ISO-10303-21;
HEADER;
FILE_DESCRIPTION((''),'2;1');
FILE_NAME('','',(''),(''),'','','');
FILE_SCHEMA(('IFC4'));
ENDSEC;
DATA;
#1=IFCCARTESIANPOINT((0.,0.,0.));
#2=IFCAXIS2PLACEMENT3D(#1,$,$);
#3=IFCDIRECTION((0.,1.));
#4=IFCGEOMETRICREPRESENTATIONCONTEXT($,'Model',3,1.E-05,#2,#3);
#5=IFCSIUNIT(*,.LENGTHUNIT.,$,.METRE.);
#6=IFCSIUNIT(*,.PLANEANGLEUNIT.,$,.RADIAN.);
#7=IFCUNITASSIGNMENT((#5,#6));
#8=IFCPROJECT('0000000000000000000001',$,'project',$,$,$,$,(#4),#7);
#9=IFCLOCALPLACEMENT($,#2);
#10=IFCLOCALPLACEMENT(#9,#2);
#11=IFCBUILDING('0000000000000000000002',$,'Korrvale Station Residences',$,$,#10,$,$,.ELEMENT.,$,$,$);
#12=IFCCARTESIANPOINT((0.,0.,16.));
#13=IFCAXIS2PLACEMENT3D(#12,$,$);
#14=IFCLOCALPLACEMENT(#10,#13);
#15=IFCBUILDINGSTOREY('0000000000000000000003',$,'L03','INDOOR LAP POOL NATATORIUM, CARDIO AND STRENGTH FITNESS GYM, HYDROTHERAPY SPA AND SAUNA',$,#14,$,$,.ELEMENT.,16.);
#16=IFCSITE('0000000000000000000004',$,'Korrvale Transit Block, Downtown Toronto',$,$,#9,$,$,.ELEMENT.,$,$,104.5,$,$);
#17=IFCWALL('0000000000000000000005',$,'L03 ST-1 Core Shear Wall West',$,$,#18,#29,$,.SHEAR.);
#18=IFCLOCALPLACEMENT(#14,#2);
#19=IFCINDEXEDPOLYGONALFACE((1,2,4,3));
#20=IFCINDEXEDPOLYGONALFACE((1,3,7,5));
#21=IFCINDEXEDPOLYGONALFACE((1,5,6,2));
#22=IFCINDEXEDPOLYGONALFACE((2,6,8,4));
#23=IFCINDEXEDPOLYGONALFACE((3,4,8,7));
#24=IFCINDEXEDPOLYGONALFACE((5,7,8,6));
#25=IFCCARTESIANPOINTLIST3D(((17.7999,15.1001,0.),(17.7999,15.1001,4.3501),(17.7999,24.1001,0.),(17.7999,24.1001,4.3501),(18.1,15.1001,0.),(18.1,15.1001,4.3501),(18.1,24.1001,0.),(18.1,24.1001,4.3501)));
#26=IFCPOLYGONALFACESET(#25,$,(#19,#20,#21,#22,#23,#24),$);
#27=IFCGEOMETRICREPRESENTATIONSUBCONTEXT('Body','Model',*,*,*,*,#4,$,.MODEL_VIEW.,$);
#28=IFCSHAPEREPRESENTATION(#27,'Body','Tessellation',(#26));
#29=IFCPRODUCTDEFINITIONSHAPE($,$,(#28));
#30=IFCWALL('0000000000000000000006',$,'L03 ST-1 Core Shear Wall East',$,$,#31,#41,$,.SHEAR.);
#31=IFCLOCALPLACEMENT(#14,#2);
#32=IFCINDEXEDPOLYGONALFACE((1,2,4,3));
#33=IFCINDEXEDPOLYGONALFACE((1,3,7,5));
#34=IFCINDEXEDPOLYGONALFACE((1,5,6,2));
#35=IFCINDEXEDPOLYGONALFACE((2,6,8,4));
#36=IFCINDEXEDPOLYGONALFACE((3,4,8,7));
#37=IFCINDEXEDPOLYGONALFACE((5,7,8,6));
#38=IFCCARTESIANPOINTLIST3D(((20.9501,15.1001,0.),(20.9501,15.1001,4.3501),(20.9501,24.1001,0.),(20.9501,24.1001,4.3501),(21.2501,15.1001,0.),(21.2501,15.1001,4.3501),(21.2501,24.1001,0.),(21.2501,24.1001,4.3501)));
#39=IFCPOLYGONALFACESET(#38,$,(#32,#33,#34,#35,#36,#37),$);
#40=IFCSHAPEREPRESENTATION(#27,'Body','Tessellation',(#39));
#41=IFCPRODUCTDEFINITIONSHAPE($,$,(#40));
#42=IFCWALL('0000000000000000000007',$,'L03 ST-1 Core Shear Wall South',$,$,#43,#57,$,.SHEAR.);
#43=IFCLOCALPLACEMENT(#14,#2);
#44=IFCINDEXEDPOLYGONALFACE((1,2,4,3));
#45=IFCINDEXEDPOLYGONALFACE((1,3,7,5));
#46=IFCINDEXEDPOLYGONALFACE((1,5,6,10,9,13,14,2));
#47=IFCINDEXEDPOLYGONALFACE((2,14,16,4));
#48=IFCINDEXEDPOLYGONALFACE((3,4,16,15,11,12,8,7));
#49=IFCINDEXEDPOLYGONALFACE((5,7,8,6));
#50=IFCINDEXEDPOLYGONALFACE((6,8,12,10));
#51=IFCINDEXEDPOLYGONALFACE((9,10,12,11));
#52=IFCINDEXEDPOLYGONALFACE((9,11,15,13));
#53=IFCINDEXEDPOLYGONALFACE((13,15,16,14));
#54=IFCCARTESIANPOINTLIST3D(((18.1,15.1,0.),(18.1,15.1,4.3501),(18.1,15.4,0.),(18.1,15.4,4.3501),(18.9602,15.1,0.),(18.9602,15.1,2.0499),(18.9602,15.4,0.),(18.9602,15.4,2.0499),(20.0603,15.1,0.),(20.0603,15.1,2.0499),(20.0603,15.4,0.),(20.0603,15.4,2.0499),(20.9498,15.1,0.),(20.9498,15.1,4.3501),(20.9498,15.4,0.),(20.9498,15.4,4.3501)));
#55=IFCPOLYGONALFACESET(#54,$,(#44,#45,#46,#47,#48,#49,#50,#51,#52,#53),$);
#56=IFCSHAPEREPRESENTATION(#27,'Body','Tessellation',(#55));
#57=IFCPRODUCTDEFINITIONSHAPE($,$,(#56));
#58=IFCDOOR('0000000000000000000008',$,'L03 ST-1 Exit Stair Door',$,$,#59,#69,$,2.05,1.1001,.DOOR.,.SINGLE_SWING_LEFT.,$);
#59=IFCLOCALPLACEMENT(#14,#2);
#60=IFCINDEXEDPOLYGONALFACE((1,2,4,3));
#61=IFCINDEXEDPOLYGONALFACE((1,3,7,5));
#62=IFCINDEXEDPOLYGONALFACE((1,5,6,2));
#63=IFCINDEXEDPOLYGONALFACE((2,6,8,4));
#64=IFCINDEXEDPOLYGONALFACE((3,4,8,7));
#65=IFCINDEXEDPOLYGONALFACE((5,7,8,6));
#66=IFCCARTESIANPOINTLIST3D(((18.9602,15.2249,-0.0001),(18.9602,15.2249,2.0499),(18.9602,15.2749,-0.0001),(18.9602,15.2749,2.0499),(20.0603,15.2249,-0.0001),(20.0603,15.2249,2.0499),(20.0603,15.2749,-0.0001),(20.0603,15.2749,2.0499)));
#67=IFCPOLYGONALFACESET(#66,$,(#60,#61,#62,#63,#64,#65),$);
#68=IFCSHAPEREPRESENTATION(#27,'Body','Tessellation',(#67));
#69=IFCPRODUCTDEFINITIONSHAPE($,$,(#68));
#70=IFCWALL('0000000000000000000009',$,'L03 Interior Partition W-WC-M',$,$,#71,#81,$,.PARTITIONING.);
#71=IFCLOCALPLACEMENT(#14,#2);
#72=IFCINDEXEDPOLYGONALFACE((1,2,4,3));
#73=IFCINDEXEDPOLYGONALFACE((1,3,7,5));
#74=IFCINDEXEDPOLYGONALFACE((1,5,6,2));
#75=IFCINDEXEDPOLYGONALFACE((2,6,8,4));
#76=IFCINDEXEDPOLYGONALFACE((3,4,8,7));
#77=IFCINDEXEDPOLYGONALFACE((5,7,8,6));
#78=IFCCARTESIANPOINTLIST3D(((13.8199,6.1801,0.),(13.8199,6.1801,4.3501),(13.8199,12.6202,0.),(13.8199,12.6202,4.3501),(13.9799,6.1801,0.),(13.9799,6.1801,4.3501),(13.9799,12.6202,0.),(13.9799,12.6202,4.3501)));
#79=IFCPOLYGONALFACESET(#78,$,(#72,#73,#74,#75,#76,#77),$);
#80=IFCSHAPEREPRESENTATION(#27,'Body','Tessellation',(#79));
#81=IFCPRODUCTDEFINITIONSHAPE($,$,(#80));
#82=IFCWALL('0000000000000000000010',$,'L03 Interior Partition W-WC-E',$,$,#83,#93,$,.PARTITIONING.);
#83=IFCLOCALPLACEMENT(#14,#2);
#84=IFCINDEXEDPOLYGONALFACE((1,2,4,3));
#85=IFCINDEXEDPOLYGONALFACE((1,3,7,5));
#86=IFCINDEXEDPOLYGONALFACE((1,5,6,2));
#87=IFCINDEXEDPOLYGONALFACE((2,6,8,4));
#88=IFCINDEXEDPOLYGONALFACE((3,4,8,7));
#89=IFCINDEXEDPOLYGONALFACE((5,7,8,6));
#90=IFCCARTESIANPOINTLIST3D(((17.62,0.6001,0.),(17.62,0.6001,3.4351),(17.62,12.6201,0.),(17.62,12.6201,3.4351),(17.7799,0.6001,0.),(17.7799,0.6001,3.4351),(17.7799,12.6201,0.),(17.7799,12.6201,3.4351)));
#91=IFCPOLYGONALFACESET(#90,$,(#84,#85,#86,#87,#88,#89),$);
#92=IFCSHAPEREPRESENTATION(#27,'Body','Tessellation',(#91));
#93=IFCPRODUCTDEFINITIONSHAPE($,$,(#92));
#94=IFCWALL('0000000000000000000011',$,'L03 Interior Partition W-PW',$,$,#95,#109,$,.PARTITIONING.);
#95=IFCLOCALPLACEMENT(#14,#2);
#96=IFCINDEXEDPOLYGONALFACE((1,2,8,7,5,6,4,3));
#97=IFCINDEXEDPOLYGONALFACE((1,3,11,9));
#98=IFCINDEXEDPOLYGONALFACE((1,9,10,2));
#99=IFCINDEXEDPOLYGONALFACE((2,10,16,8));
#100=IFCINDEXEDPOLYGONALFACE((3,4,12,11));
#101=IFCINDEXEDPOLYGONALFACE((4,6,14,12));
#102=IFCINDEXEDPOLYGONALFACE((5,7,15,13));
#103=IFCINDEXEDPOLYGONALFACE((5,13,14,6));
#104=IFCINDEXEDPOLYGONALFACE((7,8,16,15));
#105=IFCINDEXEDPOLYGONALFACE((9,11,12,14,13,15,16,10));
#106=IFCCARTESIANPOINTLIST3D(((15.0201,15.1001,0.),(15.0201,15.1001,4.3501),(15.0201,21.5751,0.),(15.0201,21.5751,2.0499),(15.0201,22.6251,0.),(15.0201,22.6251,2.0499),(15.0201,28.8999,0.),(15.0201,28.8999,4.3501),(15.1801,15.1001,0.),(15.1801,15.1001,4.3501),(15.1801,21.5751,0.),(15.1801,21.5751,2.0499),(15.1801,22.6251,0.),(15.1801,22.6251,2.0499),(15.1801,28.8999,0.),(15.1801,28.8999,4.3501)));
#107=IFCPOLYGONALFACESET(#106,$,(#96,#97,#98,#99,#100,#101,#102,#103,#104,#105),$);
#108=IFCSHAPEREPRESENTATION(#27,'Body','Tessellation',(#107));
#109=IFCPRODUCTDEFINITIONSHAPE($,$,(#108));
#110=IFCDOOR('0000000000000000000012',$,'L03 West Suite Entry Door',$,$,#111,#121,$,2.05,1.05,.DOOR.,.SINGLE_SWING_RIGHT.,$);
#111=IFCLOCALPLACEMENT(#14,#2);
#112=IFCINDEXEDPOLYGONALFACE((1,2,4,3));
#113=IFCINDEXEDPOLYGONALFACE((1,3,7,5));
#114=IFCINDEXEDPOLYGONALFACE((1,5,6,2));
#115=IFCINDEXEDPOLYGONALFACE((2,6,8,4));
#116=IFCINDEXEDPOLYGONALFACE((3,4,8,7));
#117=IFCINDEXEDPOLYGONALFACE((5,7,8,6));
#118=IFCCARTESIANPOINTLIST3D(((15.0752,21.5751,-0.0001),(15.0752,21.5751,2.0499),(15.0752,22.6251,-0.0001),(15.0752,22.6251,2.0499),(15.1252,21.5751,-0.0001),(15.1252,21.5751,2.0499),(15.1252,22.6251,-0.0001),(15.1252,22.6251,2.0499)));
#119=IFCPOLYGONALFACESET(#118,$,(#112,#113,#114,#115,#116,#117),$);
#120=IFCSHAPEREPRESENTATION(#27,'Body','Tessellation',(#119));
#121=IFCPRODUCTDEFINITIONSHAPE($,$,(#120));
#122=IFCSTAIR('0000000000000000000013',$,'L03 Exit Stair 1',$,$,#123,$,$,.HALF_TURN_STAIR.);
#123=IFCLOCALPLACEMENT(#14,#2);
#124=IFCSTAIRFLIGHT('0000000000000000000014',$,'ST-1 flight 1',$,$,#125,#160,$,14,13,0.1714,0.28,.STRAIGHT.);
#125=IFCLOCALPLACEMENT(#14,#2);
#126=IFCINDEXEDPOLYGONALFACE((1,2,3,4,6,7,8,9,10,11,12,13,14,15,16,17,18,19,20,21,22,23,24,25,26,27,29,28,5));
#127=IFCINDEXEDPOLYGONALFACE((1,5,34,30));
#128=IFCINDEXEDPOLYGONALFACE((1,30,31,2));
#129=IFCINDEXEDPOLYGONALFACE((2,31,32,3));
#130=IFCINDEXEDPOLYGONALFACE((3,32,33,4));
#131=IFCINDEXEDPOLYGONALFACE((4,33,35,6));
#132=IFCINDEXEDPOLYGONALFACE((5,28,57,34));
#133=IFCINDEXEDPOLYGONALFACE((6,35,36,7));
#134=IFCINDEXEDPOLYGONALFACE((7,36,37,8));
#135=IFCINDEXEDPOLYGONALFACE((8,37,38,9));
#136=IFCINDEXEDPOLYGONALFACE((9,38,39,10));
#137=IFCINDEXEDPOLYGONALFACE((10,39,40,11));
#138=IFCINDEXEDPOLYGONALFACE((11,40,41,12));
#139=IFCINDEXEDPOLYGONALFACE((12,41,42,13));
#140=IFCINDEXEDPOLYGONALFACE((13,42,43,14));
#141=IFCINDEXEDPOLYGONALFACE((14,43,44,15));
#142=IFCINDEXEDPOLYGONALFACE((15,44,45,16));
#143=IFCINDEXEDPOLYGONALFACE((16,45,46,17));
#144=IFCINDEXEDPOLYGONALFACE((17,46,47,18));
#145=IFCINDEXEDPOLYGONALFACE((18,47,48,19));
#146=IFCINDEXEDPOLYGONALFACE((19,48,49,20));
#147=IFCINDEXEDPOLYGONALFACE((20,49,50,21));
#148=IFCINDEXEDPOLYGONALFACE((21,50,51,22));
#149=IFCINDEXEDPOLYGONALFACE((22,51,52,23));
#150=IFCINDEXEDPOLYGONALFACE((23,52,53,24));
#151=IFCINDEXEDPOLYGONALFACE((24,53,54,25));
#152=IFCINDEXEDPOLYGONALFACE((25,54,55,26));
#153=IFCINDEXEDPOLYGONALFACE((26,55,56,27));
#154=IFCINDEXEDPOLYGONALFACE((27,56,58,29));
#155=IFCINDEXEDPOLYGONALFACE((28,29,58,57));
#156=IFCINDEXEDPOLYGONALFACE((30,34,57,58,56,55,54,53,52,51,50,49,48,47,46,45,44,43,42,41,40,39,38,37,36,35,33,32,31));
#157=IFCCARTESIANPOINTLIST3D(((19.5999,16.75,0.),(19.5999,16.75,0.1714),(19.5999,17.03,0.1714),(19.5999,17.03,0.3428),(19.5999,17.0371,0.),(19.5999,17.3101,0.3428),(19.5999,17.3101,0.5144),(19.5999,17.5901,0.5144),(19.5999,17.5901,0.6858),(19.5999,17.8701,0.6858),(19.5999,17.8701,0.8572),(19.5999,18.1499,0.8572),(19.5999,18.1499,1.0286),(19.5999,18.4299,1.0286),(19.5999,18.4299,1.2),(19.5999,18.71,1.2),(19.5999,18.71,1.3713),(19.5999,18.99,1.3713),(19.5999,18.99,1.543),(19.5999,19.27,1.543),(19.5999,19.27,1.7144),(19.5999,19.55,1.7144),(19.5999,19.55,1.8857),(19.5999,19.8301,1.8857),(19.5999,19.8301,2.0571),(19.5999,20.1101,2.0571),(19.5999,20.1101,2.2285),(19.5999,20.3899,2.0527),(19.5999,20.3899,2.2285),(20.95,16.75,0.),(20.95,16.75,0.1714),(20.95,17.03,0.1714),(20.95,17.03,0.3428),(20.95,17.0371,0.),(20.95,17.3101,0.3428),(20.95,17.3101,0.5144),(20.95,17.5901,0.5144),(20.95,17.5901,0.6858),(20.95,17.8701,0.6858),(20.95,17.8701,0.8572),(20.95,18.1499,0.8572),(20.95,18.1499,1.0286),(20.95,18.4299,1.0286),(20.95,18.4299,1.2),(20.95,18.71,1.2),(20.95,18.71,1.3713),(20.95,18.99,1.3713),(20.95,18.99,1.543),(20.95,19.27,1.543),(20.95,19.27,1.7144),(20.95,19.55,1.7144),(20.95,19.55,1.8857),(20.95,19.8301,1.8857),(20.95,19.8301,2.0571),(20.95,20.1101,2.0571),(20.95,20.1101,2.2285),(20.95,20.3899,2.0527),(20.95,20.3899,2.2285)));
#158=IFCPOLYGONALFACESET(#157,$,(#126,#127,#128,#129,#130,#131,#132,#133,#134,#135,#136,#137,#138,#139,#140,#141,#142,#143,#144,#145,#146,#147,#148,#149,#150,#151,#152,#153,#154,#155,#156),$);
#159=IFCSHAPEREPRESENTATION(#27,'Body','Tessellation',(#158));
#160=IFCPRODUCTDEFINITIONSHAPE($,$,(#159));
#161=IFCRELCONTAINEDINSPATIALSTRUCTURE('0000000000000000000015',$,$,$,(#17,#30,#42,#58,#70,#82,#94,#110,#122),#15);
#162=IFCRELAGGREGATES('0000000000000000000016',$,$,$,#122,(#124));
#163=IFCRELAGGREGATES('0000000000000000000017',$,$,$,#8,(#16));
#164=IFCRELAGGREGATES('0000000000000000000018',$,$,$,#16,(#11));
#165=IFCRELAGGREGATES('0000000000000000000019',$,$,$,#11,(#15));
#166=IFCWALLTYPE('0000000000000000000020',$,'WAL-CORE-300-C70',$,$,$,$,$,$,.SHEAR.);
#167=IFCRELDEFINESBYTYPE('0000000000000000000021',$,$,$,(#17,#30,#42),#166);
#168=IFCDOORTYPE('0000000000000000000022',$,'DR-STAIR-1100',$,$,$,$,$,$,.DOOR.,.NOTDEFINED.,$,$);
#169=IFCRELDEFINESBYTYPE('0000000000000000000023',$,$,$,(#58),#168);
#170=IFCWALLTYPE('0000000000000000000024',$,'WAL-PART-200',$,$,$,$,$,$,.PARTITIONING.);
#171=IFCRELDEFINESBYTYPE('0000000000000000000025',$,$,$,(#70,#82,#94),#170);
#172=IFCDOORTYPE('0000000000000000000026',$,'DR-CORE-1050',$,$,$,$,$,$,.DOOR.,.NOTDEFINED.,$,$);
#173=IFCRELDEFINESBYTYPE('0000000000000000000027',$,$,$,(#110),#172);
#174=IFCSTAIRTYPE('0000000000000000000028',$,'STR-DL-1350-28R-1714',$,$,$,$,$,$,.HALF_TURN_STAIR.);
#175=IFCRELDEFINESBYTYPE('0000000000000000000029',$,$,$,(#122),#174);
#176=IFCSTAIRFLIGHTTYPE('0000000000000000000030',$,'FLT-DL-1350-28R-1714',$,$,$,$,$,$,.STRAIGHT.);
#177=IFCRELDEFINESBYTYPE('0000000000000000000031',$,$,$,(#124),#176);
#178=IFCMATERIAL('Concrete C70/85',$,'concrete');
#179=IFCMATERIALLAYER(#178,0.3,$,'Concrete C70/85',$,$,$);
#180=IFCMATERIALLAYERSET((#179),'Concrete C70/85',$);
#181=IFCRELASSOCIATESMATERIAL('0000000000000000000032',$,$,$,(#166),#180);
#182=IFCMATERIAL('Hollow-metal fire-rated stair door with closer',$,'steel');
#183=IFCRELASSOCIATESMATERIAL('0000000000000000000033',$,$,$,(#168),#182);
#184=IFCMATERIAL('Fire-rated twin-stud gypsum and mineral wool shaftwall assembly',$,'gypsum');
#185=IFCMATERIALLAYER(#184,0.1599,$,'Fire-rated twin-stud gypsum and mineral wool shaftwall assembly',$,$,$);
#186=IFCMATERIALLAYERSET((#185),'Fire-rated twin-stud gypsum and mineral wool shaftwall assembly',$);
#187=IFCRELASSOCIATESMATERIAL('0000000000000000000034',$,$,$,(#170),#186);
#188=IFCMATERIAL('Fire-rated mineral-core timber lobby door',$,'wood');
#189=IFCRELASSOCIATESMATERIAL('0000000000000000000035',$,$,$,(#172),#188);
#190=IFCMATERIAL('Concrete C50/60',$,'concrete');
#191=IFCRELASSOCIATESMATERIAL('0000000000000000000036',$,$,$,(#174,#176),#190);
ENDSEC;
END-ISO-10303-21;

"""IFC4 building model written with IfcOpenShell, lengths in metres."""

from ifc_helpers import new_model, si_unit, direction, frame, frame_2d, origin, place, context, subcontext, project, spatial, polyline, rectangle, outline, extrude, material, layer, layer_set, type_object, element, fill, aggregate, save


model = new_model("IFC4")

# Units and contexts
model_context = context("Model", 3, precision=1e-05, world=origin(), true_north=direction((0.0, 1.0)))
body_context = subcontext(model_context, "Body", "Model", "MODEL_VIEW")
ifc_project = project(units=[si_unit("LENGTHUNIT", "METRE"), si_unit("PLANEANGLEUNIT", "RADIAN")], contexts=[model_context])

# Site, building, storey
site_placement = place(None, origin())
site = spatial("IfcSite", under=ifc_project, at=site_placement, Name="Korrvale Transit Block, Downtown Toronto", CompositionType="ELEMENT", RefElevation=104.5)
building_placement = place(site_placement, origin())
building = spatial("IfcBuilding", under=site, at=building_placement, Name="Korrvale Station Residences", CompositionType="ELEMENT")
storey_placement = place(building_placement, frame((0.0, 0.0, 16.0)))
storey = spatial("IfcBuildingStorey", under=building, at=storey_placement, Name="L03", Description="INDOOR LAP POOL NATATORIUM, CARDIO AND STRENGTH FITNESS GYM, HYDROTHERAPY SPA AND SAUNA", CompositionType="ELEMENT", Elevation=16.0)

# Shared definitions
ifc_material_1 = material(Name="Concrete C70/85", Category="concrete")

# Walls
ifc_layer_1 = layer(ifc_material_1, 0.3, Name="Concrete C70/85")
ifc_layer_set_1 = layer_set([ifc_layer_1], Name="Concrete C70/85")
wall_type_1 = type_object("IfcWallType", Name="WAL-CORE-300-C70", PredefinedType="SHEAR", material=ifc_layer_set_1)
for number, where, z_axis, x_axis, name in (
    (1, (17.95, 15.1001, 0.0), (0.0, 0.0, 1.0), (0.0, 1.0, 0.0), "L03 ST-1 Core Shear Wall West"),
    (2, (21.1001, 15.1001, 0.0), (0.0, 0.0, 1.0), (0.0, 1.0, 0.0), "L03 ST-1 Core Shear Wall East"),
):
    element("IfcWall", number, at=place(storey_placement, frame(where, z_axis=z_axis, x_axis=x_axis)), inside=storey, type_object=wall_type_1, Name=name, PredefinedType="SHEAR", context=body_context, shape_type="SweptSolid", body=[
        extrude(rectangle(XDim=9.0, YDim=0.3, at=frame_2d((4.5, 0.0))), origin(), (0.0, 0.0, 1.0), 4.3501),
    ])

# Wall, opening, door
wall_1_placement = place(storey_placement, frame((18.1001, 15.25, 0.0), z_axis=(0.0, 0.0, 1.0), x_axis=(1.0, 0.0, 0.0)))
wall_1 = element("IfcWall", 3, at=wall_1_placement, inside=storey, type_object=wall_type_1, Name="L03 ST-1 Core Shear Wall South", PredefinedType="SHEAR", context=body_context, shape_type="SweptSolid", body=[
    extrude(rectangle(XDim=2.8499, YDim=0.3, at=frame_2d((1.4248, 0.0))), origin(), (0.0, 0.0, 1.0), 4.3501),
])
opening_1_placement = place(wall_1_placement, frame((0.8601, 0.0, 0.0)))
opening_1 = element("IfcOpeningElement", 4, at=opening_1_placement, cuts=wall_1, PredefinedType="OPENING", context=body_context, shape_type="SweptSolid", body=[
    extrude(rectangle(XDim=1.1001, YDim=2.05, at=frame_2d((0.55, 1.0249))), frame((0.0, 0.1602, 0.0), z_axis=(0.0, -1.0, 0.0), x_axis=(1.0, 0.0, 0.0)), (0.0, 0.0, 1.0), 0.3201),
])
ifc_material_2 = material(Name="Hollow-metal fire-rated stair door with closer", Category="steel")
door_type_1 = type_object("IfcDoorType", Name="DR-STAIR-1100", OperationType="NOTDEFINED", PredefinedType="DOOR", material=ifc_material_2)
door_1_placement = place(opening_1_placement, origin())
door_1 = element("IfcDoor", 5, at=door_1_placement, inside=storey, type_object=door_type_1, Name="L03 ST-1 Exit Stair Door", OperationType="SINGLE_SWING_LEFT", OverallHeight=2.05, OverallWidth=1.1001, PredefinedType="DOOR", context=body_context, shape_type="SweptSolid", body=[
    extrude(rectangle(XDim=1.1001, YDim=2.05, at=frame_2d((0.55, 1.0249))), frame((0.0, 0.0249, 0.0), z_axis=(0.0, -1.0, 0.0), x_axis=(1.0, 0.0, 0.0)), (0.0, 0.0, 1.0), 0.05),
])
fill(opening_1, door_1)

# Walls
ifc_material_3 = material(Name="Fire-rated twin-stud gypsum and mineral wool shaftwall assembly", Category="gypsum")
ifc_layer_2 = layer(ifc_material_3, 0.1599, Name="Fire-rated twin-stud gypsum and mineral wool shaftwall assembly")
ifc_layer_set_2 = layer_set([ifc_layer_2], Name="Fire-rated twin-stud gypsum and mineral wool shaftwall assembly")
wall_type_2 = type_object("IfcWallType", Name="WAL-PART-200", PredefinedType="PARTITIONING", material=ifc_layer_set_2)
wall_2_placement = place(storey_placement, frame((13.8999, 6.1799, 0.0), z_axis=(0.0, 0.0, 1.0), x_axis=(0.0, 1.0, 0.0)))
element("IfcWall", 6, at=wall_2_placement, inside=storey, type_object=wall_type_2, Name="L03 Interior Partition W-WC-M", PredefinedType="PARTITIONING", context=body_context, shape_type="SweptSolid", body=[
    extrude(rectangle(XDim=6.4402, YDim=0.1599, at=frame_2d((3.2202, 0.0))), origin(), (0.0, 0.0, 1.0), 4.3501),
])
wall_3_placement = place(storey_placement, frame((17.7, 0.6001, 0.0), z_axis=(0.0, 0.0, 1.0), x_axis=(0.0, 1.0, 0.0)))
element("IfcWall", 7, at=wall_3_placement, inside=storey, type_object=wall_type_2, Name="L03 Interior Partition W-WC-E", PredefinedType="PARTITIONING", context=body_context, shape_type="SweptSolid", body=[
    extrude(rectangle(XDim=12.02, YDim=0.1599, at=frame_2d((6.01, 0.0))), origin(), (0.0, 0.0, 1.0), 3.4351),
])

# Wall, opening, door
wall_4_placement = place(storey_placement, frame((15.1001, 15.1001, 0.0), z_axis=(0.0, 0.0, 1.0), x_axis=(0.0, 1.0, 0.0)))
wall_4 = element("IfcWall", 8, at=wall_4_placement, inside=storey, type_object=wall_type_2, Name="L03 Interior Partition W-PW", PredefinedType="PARTITIONING", context=body_context, shape_type="SweptSolid", body=[
    extrude(rectangle(XDim=13.7998, YDim=0.1599, at=frame_2d((6.8999, 0.0))), origin(), (0.0, 0.0, 1.0), 4.3501),
])
opening_2_placement = place(wall_4_placement, frame((6.4751, 0.0, 0.0)))
opening_2 = element("IfcOpeningElement", 9, at=opening_2_placement, cuts=wall_4, PredefinedType="OPENING", context=body_context, shape_type="SweptSolid", body=[
    extrude(rectangle(XDim=1.05, YDim=2.05, at=frame_2d((0.5249, 1.0249))), frame((0.0, 0.0898, 0.0), z_axis=(0.0, -1.0, 0.0), x_axis=(1.0, 0.0, 0.0)), (0.0, 0.0, 1.0), 0.1799),
])
ifc_material_4 = material(Name="Fire-rated mineral-core timber lobby door", Category="wood")
door_type_2 = type_object("IfcDoorType", Name="DR-CORE-1050", OperationType="NOTDEFINED", PredefinedType="DOOR", material=ifc_material_4)
door_2_placement = place(opening_2_placement, origin())
door_2 = element("IfcDoor", 10, at=door_2_placement, inside=storey, type_object=door_type_2, Name="L03 West Suite Entry Door", OperationType="SINGLE_SWING_RIGHT", OverallHeight=2.05, OverallWidth=1.05, PredefinedType="DOOR", context=body_context, shape_type="SweptSolid", body=[
    extrude(rectangle(XDim=1.05, YDim=2.05, at=frame_2d((0.5249, 1.0249))), frame((0.0, 0.0249, 0.0), z_axis=(0.0, -1.0, 0.0), x_axis=(1.0, 0.0, 0.0)), (0.0, 0.0, 1.0), 0.05),
])
fill(opening_2, door_2)

# Stair, stair flight
ifc_material_5 = material(Name="Concrete C50/60", Category="concrete")
stair_type = type_object("IfcStairType", Name="STR-DL-1350-28R-1714", PredefinedType="HALF_TURN_STAIR", material=ifc_material_5)
stair_placement = place(storey_placement, origin())
stair = element("IfcStair", 11, at=stair_placement, inside=storey, type_object=stair_type, Name="L03 Exit Stair 1", PredefinedType="HALF_TURN_STAIR")
stair_flight_type = type_object("IfcStairFlightType", Name="FLT-DL-1350-28R-1714", PredefinedType="STRAIGHT", material=ifc_material_5)
stair_flight_1_placement = place(storey_placement, frame((20.2749, 16.75, 0.0), z_axis=(0.0, 0.0, 1.0), x_axis=(0.0, 1.0, 0.0)))
stair_flight_1 = element("IfcStairFlight", 12, at=stair_flight_1_placement, type_object=stair_flight_type, Name="ST-1 flight 1", NumberOfRisers=14, NumberOfTreads=13, PredefinedType="STRAIGHT", RiserHeight=0.1714, TreadLength=0.28, context=body_context, shape_type="SweptSolid", body=[
    extrude(outline(polyline([(0.0, 0.0), (0.0, 0.1714), (0.28, 0.1714), (0.28, 0.3428), (0.5601, 0.3428), (0.5601, 0.5144), (0.8401, 0.5144), (0.8401, 0.6858), (1.1201, 0.6858), (1.1201, 0.8572), (1.3999, 0.8572), (1.3999, 1.0286), (1.6799, 1.0286), (1.6799, 1.2), (1.96, 1.2), (1.96, 1.3713), (2.24, 1.3713), (2.24, 1.543), (2.52, 1.543), (2.52, 1.7144), (2.8, 1.7144), (2.8, 1.8857), (3.0801, 1.8857), (3.0801, 2.0571), (3.3601, 2.0571), (3.3601, 2.2285), (3.6399, 2.2285), (3.6399, 2.3999), (3.6399, 2.0527), (0.2871, 0.0), (0.0, 0.0)])), frame((0.0, 0.675, 0.0), z_axis=(0.0, -1.0, 0.0), x_axis=(1.0, 0.0, 0.0)), (0.0, 0.0, 1.0), 1.3501),
])
aggregate(stair, [stair_flight_1])

save(model, "model.ifc")
